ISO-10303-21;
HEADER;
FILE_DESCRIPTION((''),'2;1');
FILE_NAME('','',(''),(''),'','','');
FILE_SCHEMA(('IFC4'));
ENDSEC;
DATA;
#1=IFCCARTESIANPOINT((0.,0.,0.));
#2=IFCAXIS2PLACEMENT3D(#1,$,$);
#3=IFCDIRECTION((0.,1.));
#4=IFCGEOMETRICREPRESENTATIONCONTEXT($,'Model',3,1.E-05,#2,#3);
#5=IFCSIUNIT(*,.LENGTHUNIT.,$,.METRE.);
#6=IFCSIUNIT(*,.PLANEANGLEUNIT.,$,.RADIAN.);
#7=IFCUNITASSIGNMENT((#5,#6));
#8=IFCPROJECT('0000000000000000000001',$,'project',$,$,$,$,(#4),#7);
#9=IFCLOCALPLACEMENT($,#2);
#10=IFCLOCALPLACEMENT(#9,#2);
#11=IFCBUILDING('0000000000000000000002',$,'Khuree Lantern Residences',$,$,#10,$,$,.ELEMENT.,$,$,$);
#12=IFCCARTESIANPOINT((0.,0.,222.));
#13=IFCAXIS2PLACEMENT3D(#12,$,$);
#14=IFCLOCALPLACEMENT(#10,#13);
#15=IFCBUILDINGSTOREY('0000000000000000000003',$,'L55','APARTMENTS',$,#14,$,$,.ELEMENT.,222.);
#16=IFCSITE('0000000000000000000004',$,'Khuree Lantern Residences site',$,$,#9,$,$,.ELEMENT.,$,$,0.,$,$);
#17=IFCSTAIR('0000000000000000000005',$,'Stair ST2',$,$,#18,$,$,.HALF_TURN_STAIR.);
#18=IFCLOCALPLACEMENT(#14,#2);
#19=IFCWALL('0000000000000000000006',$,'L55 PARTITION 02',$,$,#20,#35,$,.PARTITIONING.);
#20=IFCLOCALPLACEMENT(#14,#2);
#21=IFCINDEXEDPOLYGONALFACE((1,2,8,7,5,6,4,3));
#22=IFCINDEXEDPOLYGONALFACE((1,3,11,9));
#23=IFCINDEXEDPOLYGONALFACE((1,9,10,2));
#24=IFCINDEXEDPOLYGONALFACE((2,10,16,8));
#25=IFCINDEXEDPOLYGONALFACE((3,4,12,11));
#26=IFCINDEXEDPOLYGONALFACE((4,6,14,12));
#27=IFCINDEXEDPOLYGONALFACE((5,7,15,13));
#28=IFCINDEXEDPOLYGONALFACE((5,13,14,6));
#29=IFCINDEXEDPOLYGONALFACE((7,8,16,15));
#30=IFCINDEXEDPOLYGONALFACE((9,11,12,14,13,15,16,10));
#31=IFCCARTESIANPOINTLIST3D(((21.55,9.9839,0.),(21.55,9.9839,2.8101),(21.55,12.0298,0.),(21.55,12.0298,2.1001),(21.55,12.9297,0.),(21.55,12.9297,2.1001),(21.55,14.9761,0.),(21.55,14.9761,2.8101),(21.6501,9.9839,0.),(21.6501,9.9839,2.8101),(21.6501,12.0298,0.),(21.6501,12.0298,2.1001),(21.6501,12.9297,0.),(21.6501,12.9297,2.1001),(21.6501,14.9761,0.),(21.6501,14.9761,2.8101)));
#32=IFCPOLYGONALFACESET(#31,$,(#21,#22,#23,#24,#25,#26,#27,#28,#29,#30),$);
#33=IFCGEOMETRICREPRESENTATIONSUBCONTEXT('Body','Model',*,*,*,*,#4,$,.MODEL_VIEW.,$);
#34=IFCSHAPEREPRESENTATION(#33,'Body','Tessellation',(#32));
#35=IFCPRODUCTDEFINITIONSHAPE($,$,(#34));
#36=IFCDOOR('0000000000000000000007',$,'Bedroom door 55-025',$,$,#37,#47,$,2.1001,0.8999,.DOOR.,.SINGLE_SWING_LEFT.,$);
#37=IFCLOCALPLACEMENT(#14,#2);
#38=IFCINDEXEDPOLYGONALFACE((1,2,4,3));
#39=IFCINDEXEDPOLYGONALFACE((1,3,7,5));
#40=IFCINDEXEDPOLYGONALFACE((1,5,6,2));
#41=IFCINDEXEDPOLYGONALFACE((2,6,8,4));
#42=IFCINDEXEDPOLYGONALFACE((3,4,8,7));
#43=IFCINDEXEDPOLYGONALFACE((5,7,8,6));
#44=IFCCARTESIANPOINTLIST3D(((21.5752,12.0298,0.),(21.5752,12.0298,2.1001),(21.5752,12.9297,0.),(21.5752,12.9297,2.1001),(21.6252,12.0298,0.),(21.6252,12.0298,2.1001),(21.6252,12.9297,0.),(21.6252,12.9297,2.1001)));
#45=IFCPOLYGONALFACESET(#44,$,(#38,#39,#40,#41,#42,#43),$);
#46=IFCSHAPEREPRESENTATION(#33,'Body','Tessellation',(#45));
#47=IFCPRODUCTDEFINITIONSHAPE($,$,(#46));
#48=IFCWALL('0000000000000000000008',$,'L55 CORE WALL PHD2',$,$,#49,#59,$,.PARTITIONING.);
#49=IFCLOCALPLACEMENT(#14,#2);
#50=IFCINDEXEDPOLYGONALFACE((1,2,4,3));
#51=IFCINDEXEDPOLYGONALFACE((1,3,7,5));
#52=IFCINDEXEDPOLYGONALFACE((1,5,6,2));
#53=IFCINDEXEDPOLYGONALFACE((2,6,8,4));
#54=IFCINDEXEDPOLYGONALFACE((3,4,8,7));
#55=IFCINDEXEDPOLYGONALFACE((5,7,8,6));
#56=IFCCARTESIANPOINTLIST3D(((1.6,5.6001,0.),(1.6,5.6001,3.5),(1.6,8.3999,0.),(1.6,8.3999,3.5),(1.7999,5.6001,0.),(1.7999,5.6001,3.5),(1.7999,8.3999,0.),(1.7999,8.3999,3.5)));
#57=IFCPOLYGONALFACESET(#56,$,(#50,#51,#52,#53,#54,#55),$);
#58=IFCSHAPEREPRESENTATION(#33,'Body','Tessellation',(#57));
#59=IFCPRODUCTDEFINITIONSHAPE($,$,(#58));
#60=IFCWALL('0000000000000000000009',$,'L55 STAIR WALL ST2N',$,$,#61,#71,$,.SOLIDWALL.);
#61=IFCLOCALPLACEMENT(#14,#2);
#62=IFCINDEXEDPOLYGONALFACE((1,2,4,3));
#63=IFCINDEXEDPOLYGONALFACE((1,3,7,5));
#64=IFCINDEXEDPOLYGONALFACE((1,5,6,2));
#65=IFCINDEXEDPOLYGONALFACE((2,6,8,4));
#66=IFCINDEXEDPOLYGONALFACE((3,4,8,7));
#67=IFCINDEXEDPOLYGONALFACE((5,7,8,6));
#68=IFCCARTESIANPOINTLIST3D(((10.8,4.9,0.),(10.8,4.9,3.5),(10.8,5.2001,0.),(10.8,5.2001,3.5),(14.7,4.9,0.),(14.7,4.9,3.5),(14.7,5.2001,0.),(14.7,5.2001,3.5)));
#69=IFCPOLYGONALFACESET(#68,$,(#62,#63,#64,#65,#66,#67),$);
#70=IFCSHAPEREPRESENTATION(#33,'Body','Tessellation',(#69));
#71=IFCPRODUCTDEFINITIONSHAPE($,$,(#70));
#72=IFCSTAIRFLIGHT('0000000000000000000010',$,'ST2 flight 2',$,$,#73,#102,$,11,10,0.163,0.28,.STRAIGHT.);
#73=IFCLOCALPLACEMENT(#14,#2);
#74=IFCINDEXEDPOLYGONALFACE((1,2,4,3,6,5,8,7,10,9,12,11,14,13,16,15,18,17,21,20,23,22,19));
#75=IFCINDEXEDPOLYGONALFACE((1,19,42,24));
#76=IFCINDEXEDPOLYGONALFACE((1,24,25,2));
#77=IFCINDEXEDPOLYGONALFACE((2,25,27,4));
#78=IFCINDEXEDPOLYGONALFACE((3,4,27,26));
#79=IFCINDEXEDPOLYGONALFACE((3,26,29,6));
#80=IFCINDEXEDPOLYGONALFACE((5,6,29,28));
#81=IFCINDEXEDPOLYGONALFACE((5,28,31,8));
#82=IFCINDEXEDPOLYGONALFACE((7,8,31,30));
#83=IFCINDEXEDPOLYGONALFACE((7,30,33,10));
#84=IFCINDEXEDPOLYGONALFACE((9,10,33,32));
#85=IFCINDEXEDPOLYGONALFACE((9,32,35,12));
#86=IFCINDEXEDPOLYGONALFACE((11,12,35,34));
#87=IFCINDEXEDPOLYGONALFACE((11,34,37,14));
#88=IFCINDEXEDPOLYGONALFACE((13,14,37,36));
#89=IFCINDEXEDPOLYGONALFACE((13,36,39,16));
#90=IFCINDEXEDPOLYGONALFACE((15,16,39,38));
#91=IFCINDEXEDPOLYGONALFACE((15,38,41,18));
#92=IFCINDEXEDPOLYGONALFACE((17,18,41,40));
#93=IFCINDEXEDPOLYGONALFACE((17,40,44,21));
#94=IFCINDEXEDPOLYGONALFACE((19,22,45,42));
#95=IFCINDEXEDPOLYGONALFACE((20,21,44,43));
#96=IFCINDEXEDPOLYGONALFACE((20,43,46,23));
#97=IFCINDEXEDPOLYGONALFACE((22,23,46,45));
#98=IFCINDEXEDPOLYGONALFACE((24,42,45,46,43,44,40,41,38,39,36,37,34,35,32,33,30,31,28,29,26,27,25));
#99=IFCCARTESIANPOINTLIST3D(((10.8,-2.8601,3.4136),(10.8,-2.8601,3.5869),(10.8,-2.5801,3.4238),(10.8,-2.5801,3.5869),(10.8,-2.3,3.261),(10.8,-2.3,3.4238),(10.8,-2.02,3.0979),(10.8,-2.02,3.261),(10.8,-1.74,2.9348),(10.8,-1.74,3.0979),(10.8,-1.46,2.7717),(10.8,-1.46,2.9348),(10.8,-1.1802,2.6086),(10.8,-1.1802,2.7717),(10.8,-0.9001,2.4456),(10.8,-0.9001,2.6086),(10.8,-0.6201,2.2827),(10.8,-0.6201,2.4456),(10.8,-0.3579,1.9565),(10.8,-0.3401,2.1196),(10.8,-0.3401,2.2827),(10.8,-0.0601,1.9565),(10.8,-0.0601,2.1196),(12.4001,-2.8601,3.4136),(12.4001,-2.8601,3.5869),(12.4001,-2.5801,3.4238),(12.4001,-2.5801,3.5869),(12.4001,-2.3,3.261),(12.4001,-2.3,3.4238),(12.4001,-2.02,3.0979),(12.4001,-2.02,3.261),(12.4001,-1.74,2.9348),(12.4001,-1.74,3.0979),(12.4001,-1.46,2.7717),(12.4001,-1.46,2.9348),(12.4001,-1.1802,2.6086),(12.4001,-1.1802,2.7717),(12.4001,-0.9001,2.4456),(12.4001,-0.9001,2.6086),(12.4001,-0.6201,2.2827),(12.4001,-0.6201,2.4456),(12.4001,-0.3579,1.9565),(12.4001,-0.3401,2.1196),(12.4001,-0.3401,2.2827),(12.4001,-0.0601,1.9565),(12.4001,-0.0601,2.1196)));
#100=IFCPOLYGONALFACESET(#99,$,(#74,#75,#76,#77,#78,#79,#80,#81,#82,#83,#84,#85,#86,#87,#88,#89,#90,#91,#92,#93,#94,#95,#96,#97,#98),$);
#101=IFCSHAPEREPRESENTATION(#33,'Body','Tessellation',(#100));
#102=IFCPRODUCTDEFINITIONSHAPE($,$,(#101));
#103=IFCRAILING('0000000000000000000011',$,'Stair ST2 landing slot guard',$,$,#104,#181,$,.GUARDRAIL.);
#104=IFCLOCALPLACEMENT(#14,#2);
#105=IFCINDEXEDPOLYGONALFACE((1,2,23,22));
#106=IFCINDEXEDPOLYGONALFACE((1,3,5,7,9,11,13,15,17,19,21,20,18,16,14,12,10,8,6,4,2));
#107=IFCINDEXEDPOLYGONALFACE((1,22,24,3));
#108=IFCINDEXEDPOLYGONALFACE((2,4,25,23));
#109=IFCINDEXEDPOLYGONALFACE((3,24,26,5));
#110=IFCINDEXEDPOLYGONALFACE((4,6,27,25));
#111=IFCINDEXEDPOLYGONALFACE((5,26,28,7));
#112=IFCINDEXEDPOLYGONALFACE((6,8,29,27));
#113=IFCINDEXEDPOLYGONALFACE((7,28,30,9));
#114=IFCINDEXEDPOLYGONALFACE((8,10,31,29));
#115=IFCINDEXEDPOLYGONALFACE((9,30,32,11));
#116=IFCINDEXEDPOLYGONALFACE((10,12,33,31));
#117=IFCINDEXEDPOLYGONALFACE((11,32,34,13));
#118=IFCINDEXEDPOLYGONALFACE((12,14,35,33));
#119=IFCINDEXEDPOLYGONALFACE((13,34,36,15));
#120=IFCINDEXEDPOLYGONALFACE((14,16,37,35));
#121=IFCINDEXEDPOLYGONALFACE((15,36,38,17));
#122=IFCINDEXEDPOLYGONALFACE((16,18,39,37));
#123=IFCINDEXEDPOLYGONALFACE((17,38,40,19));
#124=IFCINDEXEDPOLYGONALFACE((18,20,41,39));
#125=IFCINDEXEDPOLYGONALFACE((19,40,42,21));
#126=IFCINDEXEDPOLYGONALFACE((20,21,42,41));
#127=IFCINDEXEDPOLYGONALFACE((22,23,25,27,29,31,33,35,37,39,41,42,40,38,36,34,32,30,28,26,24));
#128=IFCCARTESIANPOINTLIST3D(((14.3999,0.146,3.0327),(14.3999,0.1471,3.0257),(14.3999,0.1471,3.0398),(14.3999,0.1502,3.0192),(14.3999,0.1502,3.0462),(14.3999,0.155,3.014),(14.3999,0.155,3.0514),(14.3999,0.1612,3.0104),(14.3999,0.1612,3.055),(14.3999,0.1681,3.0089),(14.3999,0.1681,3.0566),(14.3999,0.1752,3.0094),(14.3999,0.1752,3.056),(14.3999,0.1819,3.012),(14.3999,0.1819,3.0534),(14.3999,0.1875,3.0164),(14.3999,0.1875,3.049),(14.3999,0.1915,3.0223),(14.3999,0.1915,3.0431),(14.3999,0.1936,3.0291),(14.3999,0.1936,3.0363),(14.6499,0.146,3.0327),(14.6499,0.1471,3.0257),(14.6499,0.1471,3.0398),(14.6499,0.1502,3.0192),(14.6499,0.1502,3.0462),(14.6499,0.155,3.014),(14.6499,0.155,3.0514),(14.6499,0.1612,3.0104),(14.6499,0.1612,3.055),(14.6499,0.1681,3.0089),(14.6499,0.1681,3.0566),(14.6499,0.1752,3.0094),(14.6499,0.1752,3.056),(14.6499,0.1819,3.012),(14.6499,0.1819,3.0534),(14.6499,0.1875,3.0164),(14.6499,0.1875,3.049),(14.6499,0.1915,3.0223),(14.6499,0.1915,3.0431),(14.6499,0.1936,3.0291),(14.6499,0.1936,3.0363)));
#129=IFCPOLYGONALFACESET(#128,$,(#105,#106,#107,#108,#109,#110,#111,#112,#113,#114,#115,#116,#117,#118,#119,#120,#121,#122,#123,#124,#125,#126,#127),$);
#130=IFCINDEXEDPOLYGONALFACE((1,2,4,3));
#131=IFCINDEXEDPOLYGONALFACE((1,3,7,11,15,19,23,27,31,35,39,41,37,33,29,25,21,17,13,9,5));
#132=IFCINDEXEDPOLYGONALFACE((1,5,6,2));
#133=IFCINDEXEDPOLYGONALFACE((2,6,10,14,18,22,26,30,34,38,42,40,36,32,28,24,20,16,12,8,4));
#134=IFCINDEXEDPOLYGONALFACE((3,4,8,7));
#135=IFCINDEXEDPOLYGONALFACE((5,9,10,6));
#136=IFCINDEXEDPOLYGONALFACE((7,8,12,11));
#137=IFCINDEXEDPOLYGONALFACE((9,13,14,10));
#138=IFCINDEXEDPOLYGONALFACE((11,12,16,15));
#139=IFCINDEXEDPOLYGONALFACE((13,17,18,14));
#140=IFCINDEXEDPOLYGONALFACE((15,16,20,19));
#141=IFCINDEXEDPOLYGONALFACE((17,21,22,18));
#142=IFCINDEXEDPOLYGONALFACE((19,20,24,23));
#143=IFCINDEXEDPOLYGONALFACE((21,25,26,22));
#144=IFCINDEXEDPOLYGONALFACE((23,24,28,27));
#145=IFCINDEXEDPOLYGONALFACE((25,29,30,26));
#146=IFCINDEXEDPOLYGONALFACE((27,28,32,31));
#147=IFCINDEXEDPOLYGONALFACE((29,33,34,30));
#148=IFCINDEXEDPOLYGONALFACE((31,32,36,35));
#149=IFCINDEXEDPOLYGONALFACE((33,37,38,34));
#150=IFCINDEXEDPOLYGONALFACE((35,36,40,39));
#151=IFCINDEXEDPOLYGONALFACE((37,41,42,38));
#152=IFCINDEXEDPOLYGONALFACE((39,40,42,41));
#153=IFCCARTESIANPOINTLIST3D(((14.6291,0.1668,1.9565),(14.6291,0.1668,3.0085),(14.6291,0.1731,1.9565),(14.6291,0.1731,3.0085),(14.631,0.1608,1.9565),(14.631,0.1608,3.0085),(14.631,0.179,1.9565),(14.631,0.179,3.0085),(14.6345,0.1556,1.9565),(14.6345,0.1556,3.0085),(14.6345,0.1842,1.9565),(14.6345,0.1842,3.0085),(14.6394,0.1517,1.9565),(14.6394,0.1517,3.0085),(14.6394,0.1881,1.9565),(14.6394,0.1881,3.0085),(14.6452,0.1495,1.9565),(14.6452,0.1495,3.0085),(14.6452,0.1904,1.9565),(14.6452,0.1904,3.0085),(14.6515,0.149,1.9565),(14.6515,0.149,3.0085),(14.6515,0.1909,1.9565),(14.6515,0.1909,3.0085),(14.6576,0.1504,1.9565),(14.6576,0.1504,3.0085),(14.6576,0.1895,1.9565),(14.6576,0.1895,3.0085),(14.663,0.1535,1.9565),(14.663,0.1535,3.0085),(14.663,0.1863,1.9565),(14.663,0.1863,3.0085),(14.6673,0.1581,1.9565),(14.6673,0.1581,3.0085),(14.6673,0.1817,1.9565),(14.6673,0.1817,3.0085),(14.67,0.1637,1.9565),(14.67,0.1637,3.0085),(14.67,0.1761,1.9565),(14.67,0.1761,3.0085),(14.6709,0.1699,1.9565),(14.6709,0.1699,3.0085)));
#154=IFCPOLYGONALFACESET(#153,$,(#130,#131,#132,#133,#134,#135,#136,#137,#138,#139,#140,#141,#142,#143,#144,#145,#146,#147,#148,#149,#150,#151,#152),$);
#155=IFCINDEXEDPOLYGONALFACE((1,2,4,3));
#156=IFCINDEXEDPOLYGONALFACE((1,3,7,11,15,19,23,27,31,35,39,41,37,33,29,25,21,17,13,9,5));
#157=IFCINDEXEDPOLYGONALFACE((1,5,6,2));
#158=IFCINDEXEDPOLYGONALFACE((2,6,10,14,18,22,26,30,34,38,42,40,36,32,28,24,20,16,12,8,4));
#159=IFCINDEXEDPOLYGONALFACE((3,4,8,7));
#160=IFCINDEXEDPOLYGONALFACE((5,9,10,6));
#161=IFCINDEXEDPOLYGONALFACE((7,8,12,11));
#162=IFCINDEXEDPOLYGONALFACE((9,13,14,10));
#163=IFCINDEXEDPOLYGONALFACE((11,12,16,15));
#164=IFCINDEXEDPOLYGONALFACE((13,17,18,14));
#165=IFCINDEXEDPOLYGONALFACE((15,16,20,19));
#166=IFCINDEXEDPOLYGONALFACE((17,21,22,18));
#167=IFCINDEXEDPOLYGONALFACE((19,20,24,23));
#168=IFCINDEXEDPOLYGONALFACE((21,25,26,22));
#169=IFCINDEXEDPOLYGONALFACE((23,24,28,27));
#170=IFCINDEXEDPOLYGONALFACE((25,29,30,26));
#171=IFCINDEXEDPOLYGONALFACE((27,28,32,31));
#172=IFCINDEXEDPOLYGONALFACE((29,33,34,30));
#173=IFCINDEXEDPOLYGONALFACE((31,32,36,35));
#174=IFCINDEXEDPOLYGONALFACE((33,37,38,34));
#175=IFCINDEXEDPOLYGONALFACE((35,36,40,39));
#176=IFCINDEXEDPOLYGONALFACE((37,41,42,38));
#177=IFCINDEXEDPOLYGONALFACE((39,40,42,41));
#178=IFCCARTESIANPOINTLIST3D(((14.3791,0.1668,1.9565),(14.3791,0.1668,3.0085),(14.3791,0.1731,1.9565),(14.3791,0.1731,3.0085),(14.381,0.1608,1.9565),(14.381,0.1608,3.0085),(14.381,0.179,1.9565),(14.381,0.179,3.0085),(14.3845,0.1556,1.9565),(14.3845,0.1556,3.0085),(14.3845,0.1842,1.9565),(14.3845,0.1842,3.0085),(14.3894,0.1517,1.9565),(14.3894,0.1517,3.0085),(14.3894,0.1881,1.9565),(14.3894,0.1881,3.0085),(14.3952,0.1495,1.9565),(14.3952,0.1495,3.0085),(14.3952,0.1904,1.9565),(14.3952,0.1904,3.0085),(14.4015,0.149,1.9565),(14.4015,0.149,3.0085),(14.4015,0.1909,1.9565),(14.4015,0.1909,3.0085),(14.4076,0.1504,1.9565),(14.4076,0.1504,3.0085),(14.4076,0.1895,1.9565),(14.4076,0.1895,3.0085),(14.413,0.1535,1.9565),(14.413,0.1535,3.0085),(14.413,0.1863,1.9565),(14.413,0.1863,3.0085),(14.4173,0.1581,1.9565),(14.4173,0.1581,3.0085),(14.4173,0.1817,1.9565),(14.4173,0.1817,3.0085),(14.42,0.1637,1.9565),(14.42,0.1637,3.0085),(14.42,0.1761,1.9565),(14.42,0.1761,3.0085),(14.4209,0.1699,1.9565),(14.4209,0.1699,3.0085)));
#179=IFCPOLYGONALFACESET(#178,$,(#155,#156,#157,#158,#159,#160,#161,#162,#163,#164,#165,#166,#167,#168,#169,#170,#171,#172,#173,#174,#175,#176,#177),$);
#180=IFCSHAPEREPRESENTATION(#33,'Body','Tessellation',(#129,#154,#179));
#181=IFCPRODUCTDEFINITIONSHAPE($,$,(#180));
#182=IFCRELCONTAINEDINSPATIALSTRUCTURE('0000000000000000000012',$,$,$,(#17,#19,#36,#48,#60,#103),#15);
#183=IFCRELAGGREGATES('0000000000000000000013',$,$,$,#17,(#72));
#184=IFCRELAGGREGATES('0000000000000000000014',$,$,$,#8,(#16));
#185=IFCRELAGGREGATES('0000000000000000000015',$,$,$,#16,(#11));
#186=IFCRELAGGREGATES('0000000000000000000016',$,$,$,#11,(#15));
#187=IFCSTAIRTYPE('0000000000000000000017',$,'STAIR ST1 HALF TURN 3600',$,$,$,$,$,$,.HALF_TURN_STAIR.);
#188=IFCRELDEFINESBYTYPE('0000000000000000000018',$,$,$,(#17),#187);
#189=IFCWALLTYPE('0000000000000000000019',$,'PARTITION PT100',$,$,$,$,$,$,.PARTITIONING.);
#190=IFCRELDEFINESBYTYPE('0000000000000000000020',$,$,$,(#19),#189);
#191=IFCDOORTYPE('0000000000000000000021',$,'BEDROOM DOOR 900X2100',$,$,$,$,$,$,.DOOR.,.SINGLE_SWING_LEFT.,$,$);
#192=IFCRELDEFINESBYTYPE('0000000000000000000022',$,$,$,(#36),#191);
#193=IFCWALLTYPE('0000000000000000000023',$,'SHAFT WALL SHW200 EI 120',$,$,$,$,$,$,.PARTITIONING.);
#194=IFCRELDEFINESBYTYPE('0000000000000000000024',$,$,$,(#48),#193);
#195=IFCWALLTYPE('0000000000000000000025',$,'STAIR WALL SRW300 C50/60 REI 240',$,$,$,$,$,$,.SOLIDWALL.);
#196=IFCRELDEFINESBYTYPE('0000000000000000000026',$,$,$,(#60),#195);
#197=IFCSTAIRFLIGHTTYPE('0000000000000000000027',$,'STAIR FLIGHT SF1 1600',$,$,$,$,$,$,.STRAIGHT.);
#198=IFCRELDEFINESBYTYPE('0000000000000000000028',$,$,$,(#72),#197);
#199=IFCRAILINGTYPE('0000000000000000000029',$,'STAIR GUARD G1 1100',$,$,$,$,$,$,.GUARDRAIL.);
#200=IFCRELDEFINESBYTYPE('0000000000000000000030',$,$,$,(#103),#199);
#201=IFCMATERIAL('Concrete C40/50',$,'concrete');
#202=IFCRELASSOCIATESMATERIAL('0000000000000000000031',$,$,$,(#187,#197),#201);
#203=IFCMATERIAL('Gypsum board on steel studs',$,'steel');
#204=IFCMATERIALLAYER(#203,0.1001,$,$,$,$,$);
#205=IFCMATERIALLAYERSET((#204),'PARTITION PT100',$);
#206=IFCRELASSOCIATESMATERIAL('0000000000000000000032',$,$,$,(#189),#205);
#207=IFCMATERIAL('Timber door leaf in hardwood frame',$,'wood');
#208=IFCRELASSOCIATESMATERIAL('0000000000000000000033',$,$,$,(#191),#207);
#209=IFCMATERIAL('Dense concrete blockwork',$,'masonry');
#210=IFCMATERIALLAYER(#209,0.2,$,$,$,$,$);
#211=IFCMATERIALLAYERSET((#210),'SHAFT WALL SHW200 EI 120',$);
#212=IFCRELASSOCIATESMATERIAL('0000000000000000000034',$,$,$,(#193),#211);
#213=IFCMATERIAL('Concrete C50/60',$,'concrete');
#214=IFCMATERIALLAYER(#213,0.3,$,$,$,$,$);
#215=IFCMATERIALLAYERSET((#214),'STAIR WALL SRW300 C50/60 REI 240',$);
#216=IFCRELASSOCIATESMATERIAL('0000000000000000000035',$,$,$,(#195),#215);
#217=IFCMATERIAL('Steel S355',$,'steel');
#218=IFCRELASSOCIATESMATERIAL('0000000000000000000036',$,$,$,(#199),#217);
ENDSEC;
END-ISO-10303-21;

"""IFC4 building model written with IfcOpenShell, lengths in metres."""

from ifc_helpers import new_model, si_unit, direction, frame, frame_2d, origin, origin_2d, place, context, subcontext, project, spatial, polyline, rectangle, circle, outline, extrude, material, layer, layer_set, type_object, element, fill, aggregate, save


model = new_model("IFC4")

# Units and contexts
model_context = context("Model", 3, precision=1e-05, world=origin(), true_north=direction((0.0, 1.0)))
body_context = subcontext(model_context, "Body", "Model", "MODEL_VIEW")
ifc_project = project(units=[si_unit("LENGTHUNIT", "METRE"), si_unit("PLANEANGLEUNIT", "RADIAN")], contexts=[model_context])

# Site, building, storey
site_placement = place(None, origin())
site = spatial("IfcSite", under=ifc_project, at=site_placement, Name="Khuree Lantern Residences site", CompositionType="ELEMENT", RefElevation=0.0)
building_placement = place(site_placement, origin())
building = spatial("IfcBuilding", under=site, at=building_placement, Name="Khuree Lantern Residences", CompositionType="ELEMENT")
storey_placement = place(building_placement, frame((0.0, 0.0, 222.0)))
storey = spatial("IfcBuildingStorey", under=building, at=storey_placement, Name="L55", Description="APARTMENTS", CompositionType="ELEMENT", Elevation=222.0)

# Shared definitions
ifc_material_1 = material(Name="Concrete C50/60", Category="concrete")

# Stair
ifc_material_2 = material(Name="Concrete C40/50", Category="concrete")
stair_type = type_object("IfcStairType", Name="STAIR ST1 HALF TURN 3600", PredefinedType="HALF_TURN_STAIR", material=ifc_material_2)
stair_1_placement = place(storey_placement, origin())
stair_1 = element("IfcStair", 1, at=stair_1_placement, inside=storey, type_object=stair_type, Name="Stair ST2", PredefinedType="HALF_TURN_STAIR")

# Shared definitions
ifc_material_3 = material(Name="Timber door leaf in hardwood frame", Category="wood")

# Shared definitions
ifc_material_4 = material(Name="Dense concrete blockwork", Category="masonry")

# Shared definitions
ifc_material_5 = material(Name="Gypsum board on steel studs", Category="steel")
ifc_layer_1 = layer(ifc_material_5, 0.1001)
ifc_layer_set_1 = layer_set([ifc_layer_1], Name="PARTITION PT100")
wall_type_1 = type_object("IfcWallType", Name="PARTITION PT100", PredefinedType="PARTITIONING", material=ifc_layer_set_1)

# Wall, opening, door
door_type_1 = type_object("IfcDoorType", Name="BEDROOM DOOR 900X2100", OperationType="SINGLE_SWING_LEFT", PredefinedType="DOOR", material=ifc_material_3)
wall_1_placement = place(storey_placement, frame((21.6001, 9.9839, 0.0), z_axis=(0.0, 0.0, 1.0), x_axis=(0.0, 1.0, 0.0)))
wall_1 = element("IfcWall", 2, at=wall_1_placement, inside=storey, type_object=wall_type_1, Name="L55 PARTITION 02", PredefinedType="PARTITIONING", context=body_context, shape_type="SweptSolid", body=[
    extrude(rectangle(XDim=4.9922, YDim=0.1001, at=frame_2d((2.4961, 0.0))), origin(), (0.0, 0.0, 1.0), 2.8101),
])
opening_1_placement = place(wall_1_placement, frame((2.0459, 0.0, 0.0)))
opening_1 = element("IfcOpeningElement", 3, at=opening_1_placement, cuts=wall_1, PredefinedType="OPENING", context=body_context, shape_type="SweptSolid", body=[
    extrude(rectangle(XDim=0.8999, YDim=2.1001, at=frame_2d((0.45, 1.05))), frame((0.0, 0.0601, 0.0), z_axis=(0.0, -1.0, 0.0), x_axis=(1.0, 0.0, 0.0)), (0.0, 0.0, 1.0), 0.1201),
])
door_1_placement = place(opening_1_placement, origin())
door_1 = element("IfcDoor", 4, at=door_1_placement, inside=storey, type_object=door_type_1, Name="Bedroom door 55-025", OperationType="SINGLE_SWING_LEFT", OverallHeight=2.1001, OverallWidth=0.8999, PredefinedType="DOOR", context=body_context, shape_type="SweptSolid", body=[
    extrude(rectangle(XDim=0.8999, YDim=2.1001, at=frame_2d((0.45, 1.05))), frame((0.0, 0.0249, 0.0), z_axis=(0.0, -1.0, 0.0), x_axis=(1.0, 0.0, 0.0)), (0.0, 0.0, 1.0), 0.05),
])
fill(opening_1, door_1)

# Walls
ifc_layer_2 = layer(ifc_material_4, 0.2)
ifc_layer_set_2 = layer_set([ifc_layer_2], Name="SHAFT WALL SHW200 EI 120")
wall_type_2 = type_object("IfcWallType", Name="SHAFT WALL SHW200 EI 120", PredefinedType="PARTITIONING", material=ifc_layer_set_2)
wall_2_placement = place(storey_placement, frame((1.7, 5.6001, 0.0), z_axis=(0.0, 0.0, 1.0), x_axis=(0.0, 1.0, 0.0)))
element("IfcWall", 5, at=wall_2_placement, inside=storey, type_object=wall_type_2, Name="L55 CORE WALL PHD2", PredefinedType="PARTITIONING", context=body_context, shape_type="SweptSolid", body=[
    extrude(rectangle(XDim=2.7998, YDim=0.2, at=frame_2d((1.3999, 0.0))), origin(), (0.0, 0.0, 1.0), 3.5),
])
ifc_layer_3 = layer(ifc_material_1, 0.3)
ifc_layer_set_3 = layer_set([ifc_layer_3], Name="STAIR WALL SRW300 C50/60 REI 240")
wall_type_3 = type_object("IfcWallType", Name="STAIR WALL SRW300 C50/60 REI 240", PredefinedType="SOLIDWALL", material=ifc_layer_set_3)
wall_3_placement = place(storey_placement, frame((14.7, 5.05, 0.0), z_axis=(0.0, 0.0, 1.0), x_axis=(-1.0, 0.0, 0.0)))
element("IfcWall", 6, at=wall_3_placement, inside=storey, type_object=wall_type_3, Name="L55 STAIR WALL ST2N", PredefinedType="SOLIDWALL", context=body_context, shape_type="SweptSolid", body=[
    extrude(rectangle(XDim=3.8999, YDim=0.3, at=frame_2d((1.95, 0.0))), origin(), (0.0, 0.0, 1.0), 3.5),
])

# Stair flight
stair_flight_type = type_object("IfcStairFlightType", Name="STAIR FLIGHT SF1 1600", PredefinedType="STRAIGHT", material=ifc_material_2)
stair_flight_placement = place(storey_placement, frame((11.6001, -0.0601, 1.9565), z_axis=(0.0, 0.0, 1.0), x_axis=(0.0, -1.0, 0.0)))
stair_flight = element("IfcStairFlight", 7, at=stair_flight_placement, type_object=stair_flight_type, Name="ST2 flight 2", NumberOfRisers=11, NumberOfTreads=10, PredefinedType="STRAIGHT", RiserHeight=0.163, TreadLength=0.28, context=body_context, shape_type="SweptSolid", body=[
    extrude(outline(polyline([(0.0, 0.0), (0.0, 0.1631), (0.28, 0.1631), (0.28, 0.3262), (0.5601, 0.3262), (0.5601, 0.489), (0.8401, 0.489), (0.8401, 0.6521), (1.1201, 0.6521), (1.1201, 0.8152), (1.3999, 0.8152), (1.3999, 0.9783), (1.6799, 0.9783), (1.6799, 1.1414), (1.96, 1.1414), (1.96, 1.3044), (2.24, 1.3044), (2.24, 1.4673), (2.52, 1.4673), (2.52, 1.6304), (2.8, 1.6304), (2.8, 1.7935), (2.8, 1.457), (0.2979, 0.0), (0.0, 0.0)])), frame((0.0, 0.8, 0.0), z_axis=(0.0, -1.0, 0.0), x_axis=(1.0, 0.0, 0.0)), (0.0, 0.0, 1.0), 1.6001),
])
aggregate(stair_1, [stair_flight])

# Railing
ifc_material_6 = material(Name="Steel S355", Category="steel")
railing_type = type_object("IfcRailingType", Name="STAIR GUARD G1 1100", PredefinedType="GUARDRAIL", material=ifc_material_6)
railing_placement = place(storey_placement, frame((14.6499, 0.1699, 1.9565)))
element("IfcRailing", 8, at=railing_placement, inside=storey, type_object=railing_type, Name="Stair ST2 landing slot guard", PredefinedType="GUARDRAIL", context=body_context, shape_type="SweptSolid", body=[
    extrude(circle(Radius=0.0239, at=origin_2d()), frame((0.0, 0.0, 1.0762), z_axis=(-1.0, 0.0, 0.0), x_axis=(0.0, -1.0, 0.0)), (0.0, 0.0, 1.0), 0.25),
    extrude(circle(Radius=0.021, at=origin_2d()), origin(), (0.0, 0.0, 1.0), 1.052),
    extrude(circle(Radius=0.021, at=origin_2d()), frame((-0.25, 0.0, 0.0)), (0.0, 0.0, 1.0), 1.052),
])

save(model, "model.ifc")
